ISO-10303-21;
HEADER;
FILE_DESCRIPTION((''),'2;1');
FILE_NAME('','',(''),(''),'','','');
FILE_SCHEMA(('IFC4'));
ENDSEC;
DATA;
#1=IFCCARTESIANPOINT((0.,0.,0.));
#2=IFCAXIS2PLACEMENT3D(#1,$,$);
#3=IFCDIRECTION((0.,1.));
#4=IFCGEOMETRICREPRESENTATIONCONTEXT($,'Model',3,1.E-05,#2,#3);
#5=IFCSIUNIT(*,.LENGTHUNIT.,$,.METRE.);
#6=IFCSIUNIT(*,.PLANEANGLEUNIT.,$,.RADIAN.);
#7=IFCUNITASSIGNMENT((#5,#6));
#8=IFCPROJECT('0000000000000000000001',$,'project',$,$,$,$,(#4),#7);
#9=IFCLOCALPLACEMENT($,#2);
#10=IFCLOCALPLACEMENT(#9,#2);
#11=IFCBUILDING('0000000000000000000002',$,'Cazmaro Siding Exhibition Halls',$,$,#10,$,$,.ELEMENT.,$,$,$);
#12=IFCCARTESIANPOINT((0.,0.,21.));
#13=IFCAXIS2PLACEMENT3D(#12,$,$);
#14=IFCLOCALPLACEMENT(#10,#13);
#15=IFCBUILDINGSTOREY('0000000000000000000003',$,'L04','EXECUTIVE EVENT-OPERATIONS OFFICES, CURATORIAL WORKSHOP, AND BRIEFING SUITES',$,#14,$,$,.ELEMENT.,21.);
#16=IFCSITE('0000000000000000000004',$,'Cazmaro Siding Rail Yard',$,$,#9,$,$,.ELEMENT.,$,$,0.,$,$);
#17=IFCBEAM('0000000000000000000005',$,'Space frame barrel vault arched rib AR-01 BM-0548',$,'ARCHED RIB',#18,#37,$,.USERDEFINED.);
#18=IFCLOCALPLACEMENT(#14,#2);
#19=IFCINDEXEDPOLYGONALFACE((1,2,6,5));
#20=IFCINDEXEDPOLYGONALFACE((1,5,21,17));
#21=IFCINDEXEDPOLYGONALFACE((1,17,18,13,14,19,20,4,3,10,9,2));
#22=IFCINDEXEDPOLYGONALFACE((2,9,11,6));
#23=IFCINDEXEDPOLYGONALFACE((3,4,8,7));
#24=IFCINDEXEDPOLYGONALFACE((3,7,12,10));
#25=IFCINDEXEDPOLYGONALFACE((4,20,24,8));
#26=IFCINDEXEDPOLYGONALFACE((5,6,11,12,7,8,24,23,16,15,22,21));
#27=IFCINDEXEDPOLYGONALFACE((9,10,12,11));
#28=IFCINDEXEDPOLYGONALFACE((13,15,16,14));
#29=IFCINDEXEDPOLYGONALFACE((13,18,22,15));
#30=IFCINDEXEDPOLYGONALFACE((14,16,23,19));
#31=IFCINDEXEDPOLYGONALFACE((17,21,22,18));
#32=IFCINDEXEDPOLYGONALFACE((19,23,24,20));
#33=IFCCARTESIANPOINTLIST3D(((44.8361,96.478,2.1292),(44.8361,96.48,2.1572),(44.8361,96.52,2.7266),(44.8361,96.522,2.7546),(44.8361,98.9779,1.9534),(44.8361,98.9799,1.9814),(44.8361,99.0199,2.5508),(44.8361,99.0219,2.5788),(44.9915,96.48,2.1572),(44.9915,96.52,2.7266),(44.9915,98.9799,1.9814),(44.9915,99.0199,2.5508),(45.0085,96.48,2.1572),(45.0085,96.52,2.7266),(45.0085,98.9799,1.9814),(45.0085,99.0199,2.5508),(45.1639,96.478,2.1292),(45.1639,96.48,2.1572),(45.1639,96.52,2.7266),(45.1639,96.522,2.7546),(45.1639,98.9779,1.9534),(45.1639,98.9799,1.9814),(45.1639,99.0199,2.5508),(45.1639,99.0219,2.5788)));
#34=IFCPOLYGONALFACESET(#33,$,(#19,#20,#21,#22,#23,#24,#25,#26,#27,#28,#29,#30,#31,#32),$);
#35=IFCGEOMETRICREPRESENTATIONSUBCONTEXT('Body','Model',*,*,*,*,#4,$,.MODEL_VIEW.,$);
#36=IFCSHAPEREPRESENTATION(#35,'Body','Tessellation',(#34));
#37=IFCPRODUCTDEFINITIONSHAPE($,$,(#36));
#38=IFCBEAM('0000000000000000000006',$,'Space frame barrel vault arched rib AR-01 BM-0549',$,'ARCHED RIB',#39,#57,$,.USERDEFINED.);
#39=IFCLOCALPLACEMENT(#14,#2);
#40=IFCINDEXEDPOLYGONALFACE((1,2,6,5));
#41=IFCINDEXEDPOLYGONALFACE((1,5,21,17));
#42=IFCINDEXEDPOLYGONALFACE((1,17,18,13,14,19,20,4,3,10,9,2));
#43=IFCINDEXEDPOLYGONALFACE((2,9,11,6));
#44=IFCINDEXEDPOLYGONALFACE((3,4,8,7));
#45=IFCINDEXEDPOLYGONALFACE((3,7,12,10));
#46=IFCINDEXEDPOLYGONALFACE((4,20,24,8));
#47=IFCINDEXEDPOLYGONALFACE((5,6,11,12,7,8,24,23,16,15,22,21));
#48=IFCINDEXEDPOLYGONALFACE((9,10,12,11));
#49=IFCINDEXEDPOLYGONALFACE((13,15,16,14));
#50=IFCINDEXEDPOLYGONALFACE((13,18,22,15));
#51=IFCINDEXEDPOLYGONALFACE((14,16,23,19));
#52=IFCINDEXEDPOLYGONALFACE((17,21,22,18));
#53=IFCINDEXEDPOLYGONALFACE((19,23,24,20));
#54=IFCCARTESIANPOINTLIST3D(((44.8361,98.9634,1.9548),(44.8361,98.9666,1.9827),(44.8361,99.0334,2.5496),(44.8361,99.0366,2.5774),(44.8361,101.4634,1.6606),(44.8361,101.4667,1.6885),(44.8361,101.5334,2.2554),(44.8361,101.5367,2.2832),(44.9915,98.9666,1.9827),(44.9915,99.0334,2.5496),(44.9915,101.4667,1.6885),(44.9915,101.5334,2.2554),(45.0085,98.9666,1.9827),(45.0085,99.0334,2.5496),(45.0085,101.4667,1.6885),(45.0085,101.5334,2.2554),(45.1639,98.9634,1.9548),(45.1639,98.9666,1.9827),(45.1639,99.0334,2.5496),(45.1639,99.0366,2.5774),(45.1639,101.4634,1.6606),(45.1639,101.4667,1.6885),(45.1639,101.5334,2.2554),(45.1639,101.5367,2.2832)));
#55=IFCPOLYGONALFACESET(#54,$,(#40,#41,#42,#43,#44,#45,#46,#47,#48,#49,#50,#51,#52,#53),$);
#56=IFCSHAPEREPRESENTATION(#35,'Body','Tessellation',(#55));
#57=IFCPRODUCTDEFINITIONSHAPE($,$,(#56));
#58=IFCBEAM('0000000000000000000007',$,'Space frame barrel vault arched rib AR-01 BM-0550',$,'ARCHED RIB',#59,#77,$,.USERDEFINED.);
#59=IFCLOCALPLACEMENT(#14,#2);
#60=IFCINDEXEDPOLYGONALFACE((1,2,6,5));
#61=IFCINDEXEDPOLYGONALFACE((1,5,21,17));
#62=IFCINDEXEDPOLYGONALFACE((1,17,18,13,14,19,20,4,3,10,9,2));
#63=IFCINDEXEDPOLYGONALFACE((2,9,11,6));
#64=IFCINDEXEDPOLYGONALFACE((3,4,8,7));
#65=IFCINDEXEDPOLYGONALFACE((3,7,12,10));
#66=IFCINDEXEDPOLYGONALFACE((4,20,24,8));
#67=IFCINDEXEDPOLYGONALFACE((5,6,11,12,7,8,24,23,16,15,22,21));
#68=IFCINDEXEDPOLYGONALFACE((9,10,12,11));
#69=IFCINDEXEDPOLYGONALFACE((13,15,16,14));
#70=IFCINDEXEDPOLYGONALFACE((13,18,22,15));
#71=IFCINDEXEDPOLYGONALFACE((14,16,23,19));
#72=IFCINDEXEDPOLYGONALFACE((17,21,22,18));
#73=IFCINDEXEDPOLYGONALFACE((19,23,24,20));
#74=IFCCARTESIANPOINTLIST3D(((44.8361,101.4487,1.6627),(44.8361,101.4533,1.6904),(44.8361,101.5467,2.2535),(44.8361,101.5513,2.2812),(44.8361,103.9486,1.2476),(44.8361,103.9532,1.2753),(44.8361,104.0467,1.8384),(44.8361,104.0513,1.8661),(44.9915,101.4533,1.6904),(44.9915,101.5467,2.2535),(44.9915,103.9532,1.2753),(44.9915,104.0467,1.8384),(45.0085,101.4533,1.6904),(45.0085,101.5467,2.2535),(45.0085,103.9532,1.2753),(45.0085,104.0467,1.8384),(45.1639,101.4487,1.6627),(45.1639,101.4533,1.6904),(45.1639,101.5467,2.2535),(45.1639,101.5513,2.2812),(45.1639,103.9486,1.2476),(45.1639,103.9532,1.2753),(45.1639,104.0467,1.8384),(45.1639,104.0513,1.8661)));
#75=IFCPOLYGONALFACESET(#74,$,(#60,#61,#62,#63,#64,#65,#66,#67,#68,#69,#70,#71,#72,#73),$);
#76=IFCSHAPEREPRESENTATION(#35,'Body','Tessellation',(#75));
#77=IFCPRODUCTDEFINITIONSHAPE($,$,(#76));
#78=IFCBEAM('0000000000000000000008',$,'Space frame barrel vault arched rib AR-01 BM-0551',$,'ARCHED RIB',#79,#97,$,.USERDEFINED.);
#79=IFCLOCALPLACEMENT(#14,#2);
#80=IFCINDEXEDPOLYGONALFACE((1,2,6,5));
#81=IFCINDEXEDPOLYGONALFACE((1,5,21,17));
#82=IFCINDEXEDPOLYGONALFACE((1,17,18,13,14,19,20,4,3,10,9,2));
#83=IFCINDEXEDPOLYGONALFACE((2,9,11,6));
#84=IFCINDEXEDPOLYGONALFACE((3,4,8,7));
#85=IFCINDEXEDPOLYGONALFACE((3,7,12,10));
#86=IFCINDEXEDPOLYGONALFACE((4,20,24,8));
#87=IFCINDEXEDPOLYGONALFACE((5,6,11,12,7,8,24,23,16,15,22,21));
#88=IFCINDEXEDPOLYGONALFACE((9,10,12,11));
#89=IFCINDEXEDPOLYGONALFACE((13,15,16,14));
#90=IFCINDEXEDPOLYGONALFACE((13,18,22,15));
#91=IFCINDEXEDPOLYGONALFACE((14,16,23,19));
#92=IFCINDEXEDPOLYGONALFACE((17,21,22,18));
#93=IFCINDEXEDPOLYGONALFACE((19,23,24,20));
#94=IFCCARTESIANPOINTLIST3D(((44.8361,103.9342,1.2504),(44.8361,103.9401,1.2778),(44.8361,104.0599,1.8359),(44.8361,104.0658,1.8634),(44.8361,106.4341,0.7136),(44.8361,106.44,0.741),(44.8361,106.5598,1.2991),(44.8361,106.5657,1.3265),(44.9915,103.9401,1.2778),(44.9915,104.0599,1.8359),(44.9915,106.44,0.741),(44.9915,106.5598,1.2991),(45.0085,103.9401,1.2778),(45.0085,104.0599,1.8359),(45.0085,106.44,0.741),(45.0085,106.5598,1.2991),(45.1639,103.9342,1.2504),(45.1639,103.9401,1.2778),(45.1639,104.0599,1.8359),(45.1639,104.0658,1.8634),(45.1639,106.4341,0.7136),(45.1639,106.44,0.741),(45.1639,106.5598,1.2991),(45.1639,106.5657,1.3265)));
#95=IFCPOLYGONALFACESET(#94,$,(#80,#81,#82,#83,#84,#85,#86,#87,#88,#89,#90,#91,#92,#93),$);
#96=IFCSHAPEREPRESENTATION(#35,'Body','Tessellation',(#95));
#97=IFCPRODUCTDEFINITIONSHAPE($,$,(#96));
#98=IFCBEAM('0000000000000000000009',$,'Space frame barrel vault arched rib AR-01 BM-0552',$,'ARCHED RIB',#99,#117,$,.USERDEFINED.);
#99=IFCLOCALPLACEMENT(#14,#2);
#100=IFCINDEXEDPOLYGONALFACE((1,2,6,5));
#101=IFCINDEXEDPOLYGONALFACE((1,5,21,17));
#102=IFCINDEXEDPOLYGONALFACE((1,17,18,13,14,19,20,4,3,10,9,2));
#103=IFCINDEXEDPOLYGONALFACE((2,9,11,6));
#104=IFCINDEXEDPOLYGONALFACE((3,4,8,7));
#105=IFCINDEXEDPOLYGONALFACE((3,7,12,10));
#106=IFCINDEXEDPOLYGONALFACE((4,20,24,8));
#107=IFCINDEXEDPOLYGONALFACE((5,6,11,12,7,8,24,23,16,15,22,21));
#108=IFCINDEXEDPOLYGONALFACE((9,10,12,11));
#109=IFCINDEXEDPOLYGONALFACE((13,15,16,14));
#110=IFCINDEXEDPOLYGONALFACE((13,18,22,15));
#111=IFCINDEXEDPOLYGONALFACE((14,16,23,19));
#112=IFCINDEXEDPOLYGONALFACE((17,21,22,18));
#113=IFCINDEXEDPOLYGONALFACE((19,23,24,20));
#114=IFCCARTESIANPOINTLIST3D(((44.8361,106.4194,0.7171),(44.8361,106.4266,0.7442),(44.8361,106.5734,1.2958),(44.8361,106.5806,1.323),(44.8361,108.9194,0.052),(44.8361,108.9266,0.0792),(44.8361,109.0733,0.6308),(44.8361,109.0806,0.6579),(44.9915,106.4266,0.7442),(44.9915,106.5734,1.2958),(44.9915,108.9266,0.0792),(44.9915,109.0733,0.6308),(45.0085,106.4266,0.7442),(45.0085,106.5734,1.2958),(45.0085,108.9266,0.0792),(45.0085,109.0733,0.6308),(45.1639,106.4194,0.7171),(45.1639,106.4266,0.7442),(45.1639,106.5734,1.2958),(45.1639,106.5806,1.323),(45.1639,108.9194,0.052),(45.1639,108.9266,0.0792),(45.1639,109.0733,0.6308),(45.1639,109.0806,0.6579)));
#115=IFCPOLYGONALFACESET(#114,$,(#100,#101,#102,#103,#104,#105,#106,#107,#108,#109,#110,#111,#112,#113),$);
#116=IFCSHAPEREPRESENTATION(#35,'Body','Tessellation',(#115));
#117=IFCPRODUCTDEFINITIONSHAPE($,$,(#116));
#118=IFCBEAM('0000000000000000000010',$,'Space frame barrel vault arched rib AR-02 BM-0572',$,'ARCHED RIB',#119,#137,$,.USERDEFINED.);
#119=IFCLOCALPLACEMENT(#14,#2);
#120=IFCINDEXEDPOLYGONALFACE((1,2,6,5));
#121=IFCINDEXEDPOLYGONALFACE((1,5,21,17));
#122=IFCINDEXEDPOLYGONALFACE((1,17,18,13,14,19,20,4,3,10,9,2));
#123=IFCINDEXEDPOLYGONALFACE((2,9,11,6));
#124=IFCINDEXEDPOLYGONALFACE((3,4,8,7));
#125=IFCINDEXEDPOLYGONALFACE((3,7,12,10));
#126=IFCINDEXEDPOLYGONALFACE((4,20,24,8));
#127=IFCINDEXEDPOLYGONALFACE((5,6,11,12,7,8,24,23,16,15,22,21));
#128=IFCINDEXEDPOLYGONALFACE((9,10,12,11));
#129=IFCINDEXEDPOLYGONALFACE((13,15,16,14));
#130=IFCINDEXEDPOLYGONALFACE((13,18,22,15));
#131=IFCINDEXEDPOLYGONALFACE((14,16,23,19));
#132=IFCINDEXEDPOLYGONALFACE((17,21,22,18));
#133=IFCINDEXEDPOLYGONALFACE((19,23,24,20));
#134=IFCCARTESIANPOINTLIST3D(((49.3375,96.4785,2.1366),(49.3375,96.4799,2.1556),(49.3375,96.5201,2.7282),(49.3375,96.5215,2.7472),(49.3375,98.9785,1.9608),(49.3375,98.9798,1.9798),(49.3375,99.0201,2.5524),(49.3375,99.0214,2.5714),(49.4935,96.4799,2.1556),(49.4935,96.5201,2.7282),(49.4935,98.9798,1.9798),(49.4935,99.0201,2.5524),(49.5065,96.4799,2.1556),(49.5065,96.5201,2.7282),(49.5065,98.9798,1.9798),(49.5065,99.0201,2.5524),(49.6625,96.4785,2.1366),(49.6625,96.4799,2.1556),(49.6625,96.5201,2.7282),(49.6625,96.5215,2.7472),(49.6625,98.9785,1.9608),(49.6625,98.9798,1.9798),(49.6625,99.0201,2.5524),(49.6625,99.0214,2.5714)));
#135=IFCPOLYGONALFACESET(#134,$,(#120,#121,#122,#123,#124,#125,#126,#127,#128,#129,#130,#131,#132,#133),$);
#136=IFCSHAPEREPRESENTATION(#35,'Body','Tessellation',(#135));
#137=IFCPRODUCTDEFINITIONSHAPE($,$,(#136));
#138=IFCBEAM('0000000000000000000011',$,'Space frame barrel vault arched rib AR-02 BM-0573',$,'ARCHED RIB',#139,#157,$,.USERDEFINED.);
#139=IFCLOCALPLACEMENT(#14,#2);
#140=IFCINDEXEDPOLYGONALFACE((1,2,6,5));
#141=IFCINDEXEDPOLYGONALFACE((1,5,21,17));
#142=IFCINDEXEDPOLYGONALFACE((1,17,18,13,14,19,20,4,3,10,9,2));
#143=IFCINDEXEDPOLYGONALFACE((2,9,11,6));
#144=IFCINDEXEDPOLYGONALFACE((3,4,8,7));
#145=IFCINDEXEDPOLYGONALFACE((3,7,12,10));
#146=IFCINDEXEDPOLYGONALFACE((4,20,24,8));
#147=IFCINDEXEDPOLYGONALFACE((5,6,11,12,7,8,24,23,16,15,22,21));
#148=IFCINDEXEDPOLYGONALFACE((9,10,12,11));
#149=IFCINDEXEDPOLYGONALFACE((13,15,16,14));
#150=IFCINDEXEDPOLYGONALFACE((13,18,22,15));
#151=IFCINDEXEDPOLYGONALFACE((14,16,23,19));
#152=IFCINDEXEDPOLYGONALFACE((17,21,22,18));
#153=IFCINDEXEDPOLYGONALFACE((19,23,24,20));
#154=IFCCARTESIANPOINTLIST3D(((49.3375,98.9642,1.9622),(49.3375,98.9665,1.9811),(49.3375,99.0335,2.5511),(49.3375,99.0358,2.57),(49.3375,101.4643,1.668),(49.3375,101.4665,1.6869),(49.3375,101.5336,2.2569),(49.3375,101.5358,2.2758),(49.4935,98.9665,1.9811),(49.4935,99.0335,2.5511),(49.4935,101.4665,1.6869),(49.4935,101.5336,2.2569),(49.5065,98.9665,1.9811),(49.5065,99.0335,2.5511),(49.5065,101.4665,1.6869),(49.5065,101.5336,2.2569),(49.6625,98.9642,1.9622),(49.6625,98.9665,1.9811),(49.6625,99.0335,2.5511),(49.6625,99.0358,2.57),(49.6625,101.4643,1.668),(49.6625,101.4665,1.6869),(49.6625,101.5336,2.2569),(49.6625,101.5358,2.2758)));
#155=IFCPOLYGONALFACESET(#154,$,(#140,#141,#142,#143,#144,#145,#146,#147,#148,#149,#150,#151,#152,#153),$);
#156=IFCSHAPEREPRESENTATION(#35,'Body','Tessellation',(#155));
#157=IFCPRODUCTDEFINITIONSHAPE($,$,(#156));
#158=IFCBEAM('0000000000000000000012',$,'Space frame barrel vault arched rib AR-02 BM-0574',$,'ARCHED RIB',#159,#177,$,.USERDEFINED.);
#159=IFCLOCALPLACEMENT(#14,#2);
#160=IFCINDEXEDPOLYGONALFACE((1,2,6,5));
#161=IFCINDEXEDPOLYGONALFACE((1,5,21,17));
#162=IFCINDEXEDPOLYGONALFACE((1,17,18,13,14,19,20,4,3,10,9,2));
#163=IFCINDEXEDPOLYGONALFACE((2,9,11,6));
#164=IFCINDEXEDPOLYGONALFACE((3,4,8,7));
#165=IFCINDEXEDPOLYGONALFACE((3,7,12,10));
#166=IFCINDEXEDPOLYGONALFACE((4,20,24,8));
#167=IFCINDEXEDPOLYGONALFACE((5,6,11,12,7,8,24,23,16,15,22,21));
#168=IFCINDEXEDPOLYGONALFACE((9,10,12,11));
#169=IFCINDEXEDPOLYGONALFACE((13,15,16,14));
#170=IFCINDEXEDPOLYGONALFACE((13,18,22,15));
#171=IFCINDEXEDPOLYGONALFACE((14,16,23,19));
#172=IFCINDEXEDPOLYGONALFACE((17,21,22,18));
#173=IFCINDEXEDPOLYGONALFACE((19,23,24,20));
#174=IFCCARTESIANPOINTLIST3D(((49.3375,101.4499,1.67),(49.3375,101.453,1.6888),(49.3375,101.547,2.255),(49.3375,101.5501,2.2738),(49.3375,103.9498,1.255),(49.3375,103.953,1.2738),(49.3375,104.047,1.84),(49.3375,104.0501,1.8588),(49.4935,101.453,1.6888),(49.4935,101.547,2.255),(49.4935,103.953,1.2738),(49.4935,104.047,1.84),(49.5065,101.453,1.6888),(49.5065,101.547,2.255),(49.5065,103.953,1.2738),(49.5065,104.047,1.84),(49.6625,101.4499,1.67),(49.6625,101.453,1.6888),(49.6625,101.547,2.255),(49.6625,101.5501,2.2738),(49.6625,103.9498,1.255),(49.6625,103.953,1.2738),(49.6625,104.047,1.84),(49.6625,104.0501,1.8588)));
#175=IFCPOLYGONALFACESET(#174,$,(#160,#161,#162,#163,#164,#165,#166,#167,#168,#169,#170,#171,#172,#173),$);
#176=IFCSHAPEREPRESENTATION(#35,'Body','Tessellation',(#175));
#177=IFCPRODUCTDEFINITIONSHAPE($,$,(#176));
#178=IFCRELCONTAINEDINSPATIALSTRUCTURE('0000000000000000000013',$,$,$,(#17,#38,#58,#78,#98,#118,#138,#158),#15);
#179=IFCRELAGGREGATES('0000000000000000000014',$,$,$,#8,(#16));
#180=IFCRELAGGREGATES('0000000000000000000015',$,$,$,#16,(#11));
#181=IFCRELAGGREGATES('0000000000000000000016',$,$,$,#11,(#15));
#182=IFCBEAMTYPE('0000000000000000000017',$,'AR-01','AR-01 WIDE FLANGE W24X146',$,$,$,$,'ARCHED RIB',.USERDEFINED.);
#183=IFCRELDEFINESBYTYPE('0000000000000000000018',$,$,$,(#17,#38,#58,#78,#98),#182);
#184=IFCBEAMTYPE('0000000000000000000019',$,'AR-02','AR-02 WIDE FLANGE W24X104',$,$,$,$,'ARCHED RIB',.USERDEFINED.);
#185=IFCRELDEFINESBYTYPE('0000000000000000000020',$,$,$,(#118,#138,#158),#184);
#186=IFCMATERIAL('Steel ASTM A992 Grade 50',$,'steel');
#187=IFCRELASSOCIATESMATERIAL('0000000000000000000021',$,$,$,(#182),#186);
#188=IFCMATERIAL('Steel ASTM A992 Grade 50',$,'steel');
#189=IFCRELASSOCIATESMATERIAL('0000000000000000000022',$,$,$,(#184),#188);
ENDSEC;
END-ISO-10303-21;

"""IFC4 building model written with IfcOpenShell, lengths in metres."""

from ifc_helpers import new_model, si_unit, direction, frame, origin, origin_2d, place, context, subcontext, project, spatial, i_section, extrude, material, material_profile, profile_set, type_object, element, save


model = new_model("IFC4")

# Units and contexts
model_context = context("Model", 3, precision=1e-05, world=origin(), true_north=direction((0.0, 1.0)))
body_context = subcontext(model_context, "Body", "Model", "MODEL_VIEW")
ifc_project = project(units=[si_unit("LENGTHUNIT", "METRE"), si_unit("PLANEANGLEUNIT", "RADIAN")], contexts=[model_context])

# Site, building, storey
site_placement = place(None, origin())
site = spatial("IfcSite", under=ifc_project, at=site_placement, Name="Cazmaro Siding Rail Yard", CompositionType="ELEMENT", RefElevation=0.0)
building_placement = place(site_placement, origin())
building = spatial("IfcBuilding", under=site, at=building_placement, Name="Cazmaro Siding Exhibition Halls", CompositionType="ELEMENT")
storey_placement = place(building_placement, frame((0.0, 0.0, 21.0)))
storey = spatial("IfcBuildingStorey", under=building, at=storey_placement, Name="L04", Description="EXECUTIVE EVENT-OPERATIONS OFFICES, CURATORIAL WORKSHOP, AND BRIEFING SUITES", CompositionType="ELEMENT", Elevation=21.0)

# Beams
ifc_material_1 = material(Name="Steel ASTM A992 Grade 50", Category="steel")
ifc_material_profile_1 = material_profile(ifc_material_1, i_section(OverallWidth=0.3279, OverallDepth=0.627, WebThickness=0.0171, FlangeThickness=0.0281, at=origin_2d()), Name="W24X146")
ifc_profile_set_1 = profile_set([ifc_material_profile_1], Name="Steel ASTM A992 Grade 50")
beam_type_1 = type_object("IfcBeamType", Name="AR-01", Description="AR-01 WIDE FLANGE W24X146", ElementType="ARCHED RIB", PredefinedType="USERDEFINED", material=ifc_profile_set_1)
beam_1_placement = place(storey_placement, frame((45.0, 96.5, 2.4419), z_axis=(0.0, 0.997537, -0.070139), x_axis=(-1.0, 0.0, 0.0)))
element("IfcBeam", 1, at=beam_1_placement, inside=storey, type_object=beam_type_1, Name="Space frame barrel vault arched rib AR-01 BM-0548", ObjectType="ARCHED RIB", PredefinedType="USERDEFINED", context=body_context, shape_type="SweptSolid", body=[
    extrude(i_section(OverallWidth=0.3279, OverallDepth=0.627, WebThickness=0.0171, FlangeThickness=0.0281, at=origin_2d()), origin(), (0.0, 0.0, 1.0), 2.5061),
])
beam_2_placement = place(storey_placement, frame((45.0, 99.0, 2.2661), z_axis=(0.0, 0.993147, -0.116869), x_axis=(-1.0, 0.0, 0.0)))
element("IfcBeam", 2, at=beam_2_placement, inside=storey, type_object=beam_type_1, Name="Space frame barrel vault arched rib AR-01 BM-0549", ObjectType="ARCHED RIB", PredefinedType="USERDEFINED", context=body_context, shape_type="SweptSolid", body=[
    extrude(i_section(OverallWidth=0.3279, OverallDepth=0.627, WebThickness=0.0171, FlangeThickness=0.0281, at=origin_2d()), origin(), (0.0, 0.0, 1.0), 2.5173),
])
beam_3_placement = place(storey_placement, frame((45.0, 101.5, 1.9719), z_axis=(0.0, 0.986498, -0.163774), x_axis=(-1.0, 0.0, 0.0)))
element("IfcBeam", 3, at=beam_3_placement, inside=storey, type_object=beam_type_1, Name="Space frame barrel vault arched rib AR-01 BM-0550", ObjectType="ARCHED RIB", PredefinedType="USERDEFINED", context=body_context, shape_type="SweptSolid", body=[
    extrude(i_section(OverallWidth=0.3279, OverallDepth=0.627, WebThickness=0.0171, FlangeThickness=0.0281, at=origin_2d()), origin(), (0.0, 0.0, 1.0), 2.5342),
])
beam_4_placement = place(storey_placement, frame((45.0, 104.0, 1.5569), z_axis=(0.0, 0.97771, -0.209959), x_axis=(-1.0, 0.0, 0.0)))
element("IfcBeam", 4, at=beam_4_placement, inside=storey, type_object=beam_type_1, Name="Space frame barrel vault arched rib AR-01 BM-0551", ObjectType="ARCHED RIB", PredefinedType="USERDEFINED", context=body_context, shape_type="SweptSolid", body=[
    extrude(i_section(OverallWidth=0.3279, OverallDepth=0.627, WebThickness=0.0171, FlangeThickness=0.0281, at=origin_2d()), origin(), (0.0, 0.0, 1.0), 2.5569),
])
beam_5_placement = place(storey_placement, frame((45.0, 106.5, 1.02), z_axis=(0.0, 0.966391, -0.257075), x_axis=(-1.0, 0.0, 0.0)))
element("IfcBeam", 5, at=beam_5_placement, inside=storey, type_object=beam_type_1, Name="Space frame barrel vault arched rib AR-01 BM-0552", ObjectType="ARCHED RIB", PredefinedType="USERDEFINED", context=body_context, shape_type="SweptSolid", body=[
    extrude(i_section(OverallWidth=0.3279, OverallDepth=0.627, WebThickness=0.0171, FlangeThickness=0.0281, at=origin_2d()), origin(), (0.0, 0.0, 1.0), 2.5869),
])
ifc_material_2 = material(Name="Steel ASTM A992 Grade 50", Category="steel")
ifc_material_profile_2 = material_profile(ifc_material_2, i_section(OverallWidth=0.325, OverallDepth=0.6121, WebThickness=0.0129, FlangeThickness=0.019, at=origin_2d()), Name="W24X104")
ifc_profile_set_2 = profile_set([ifc_material_profile_2], Name="Steel ASTM A992 Grade 50")
beam_type_2 = type_object("IfcBeamType", Name="AR-02", Description="AR-02 WIDE FLANGE W24X104", ElementType="ARCHED RIB", PredefinedType="USERDEFINED", material=ifc_profile_set_2)
beam_6_placement = place(storey_placement, frame((49.5, 96.5, 2.4419), z_axis=(0.0, 0.997537, -0.070139), x_axis=(-1.0, 0.0, 0.0)))
element("IfcBeam", 6, at=beam_6_placement, inside=storey, type_object=beam_type_2, Name="Space frame barrel vault arched rib AR-02 BM-0572", ObjectType="ARCHED RIB", PredefinedType="USERDEFINED", context=body_context, shape_type="SweptSolid", body=[
    extrude(i_section(OverallWidth=0.325, OverallDepth=0.6121, WebThickness=0.0129, FlangeThickness=0.019, at=origin_2d()), origin(), (0.0, 0.0, 1.0), 2.5061),
])
beam_7_placement = place(storey_placement, frame((49.5, 99.0, 2.2661), z_axis=(0.0, 0.993147, -0.116869), x_axis=(-1.0, 0.0, 0.0)))
element("IfcBeam", 7, at=beam_7_placement, inside=storey, type_object=beam_type_2, Name="Space frame barrel vault arched rib AR-02 BM-0573", ObjectType="ARCHED RIB", PredefinedType="USERDEFINED", context=body_context, shape_type="SweptSolid", body=[
    extrude(i_section(OverallWidth=0.325, OverallDepth=0.6121, WebThickness=0.0129, FlangeThickness=0.019, at=origin_2d()), origin(), (0.0, 0.0, 1.0), 2.5173),
])
beam_8_placement = place(storey_placement, frame((49.5, 101.5, 1.9719), z_axis=(0.0, 0.986498, -0.163774), x_axis=(-1.0, 0.0, 0.0)))
element("IfcBeam", 8, at=beam_8_placement, inside=storey, type_object=beam_type_2, Name="Space frame barrel vault arched rib AR-02 BM-0574", ObjectType="ARCHED RIB", PredefinedType="USERDEFINED", context=body_context, shape_type="SweptSolid", body=[
    extrude(i_section(OverallWidth=0.325, OverallDepth=0.6121, WebThickness=0.0129, FlangeThickness=0.019, at=origin_2d()), origin(), (0.0, 0.0, 1.0), 2.5342),
])

save(model, "model.ifc")
